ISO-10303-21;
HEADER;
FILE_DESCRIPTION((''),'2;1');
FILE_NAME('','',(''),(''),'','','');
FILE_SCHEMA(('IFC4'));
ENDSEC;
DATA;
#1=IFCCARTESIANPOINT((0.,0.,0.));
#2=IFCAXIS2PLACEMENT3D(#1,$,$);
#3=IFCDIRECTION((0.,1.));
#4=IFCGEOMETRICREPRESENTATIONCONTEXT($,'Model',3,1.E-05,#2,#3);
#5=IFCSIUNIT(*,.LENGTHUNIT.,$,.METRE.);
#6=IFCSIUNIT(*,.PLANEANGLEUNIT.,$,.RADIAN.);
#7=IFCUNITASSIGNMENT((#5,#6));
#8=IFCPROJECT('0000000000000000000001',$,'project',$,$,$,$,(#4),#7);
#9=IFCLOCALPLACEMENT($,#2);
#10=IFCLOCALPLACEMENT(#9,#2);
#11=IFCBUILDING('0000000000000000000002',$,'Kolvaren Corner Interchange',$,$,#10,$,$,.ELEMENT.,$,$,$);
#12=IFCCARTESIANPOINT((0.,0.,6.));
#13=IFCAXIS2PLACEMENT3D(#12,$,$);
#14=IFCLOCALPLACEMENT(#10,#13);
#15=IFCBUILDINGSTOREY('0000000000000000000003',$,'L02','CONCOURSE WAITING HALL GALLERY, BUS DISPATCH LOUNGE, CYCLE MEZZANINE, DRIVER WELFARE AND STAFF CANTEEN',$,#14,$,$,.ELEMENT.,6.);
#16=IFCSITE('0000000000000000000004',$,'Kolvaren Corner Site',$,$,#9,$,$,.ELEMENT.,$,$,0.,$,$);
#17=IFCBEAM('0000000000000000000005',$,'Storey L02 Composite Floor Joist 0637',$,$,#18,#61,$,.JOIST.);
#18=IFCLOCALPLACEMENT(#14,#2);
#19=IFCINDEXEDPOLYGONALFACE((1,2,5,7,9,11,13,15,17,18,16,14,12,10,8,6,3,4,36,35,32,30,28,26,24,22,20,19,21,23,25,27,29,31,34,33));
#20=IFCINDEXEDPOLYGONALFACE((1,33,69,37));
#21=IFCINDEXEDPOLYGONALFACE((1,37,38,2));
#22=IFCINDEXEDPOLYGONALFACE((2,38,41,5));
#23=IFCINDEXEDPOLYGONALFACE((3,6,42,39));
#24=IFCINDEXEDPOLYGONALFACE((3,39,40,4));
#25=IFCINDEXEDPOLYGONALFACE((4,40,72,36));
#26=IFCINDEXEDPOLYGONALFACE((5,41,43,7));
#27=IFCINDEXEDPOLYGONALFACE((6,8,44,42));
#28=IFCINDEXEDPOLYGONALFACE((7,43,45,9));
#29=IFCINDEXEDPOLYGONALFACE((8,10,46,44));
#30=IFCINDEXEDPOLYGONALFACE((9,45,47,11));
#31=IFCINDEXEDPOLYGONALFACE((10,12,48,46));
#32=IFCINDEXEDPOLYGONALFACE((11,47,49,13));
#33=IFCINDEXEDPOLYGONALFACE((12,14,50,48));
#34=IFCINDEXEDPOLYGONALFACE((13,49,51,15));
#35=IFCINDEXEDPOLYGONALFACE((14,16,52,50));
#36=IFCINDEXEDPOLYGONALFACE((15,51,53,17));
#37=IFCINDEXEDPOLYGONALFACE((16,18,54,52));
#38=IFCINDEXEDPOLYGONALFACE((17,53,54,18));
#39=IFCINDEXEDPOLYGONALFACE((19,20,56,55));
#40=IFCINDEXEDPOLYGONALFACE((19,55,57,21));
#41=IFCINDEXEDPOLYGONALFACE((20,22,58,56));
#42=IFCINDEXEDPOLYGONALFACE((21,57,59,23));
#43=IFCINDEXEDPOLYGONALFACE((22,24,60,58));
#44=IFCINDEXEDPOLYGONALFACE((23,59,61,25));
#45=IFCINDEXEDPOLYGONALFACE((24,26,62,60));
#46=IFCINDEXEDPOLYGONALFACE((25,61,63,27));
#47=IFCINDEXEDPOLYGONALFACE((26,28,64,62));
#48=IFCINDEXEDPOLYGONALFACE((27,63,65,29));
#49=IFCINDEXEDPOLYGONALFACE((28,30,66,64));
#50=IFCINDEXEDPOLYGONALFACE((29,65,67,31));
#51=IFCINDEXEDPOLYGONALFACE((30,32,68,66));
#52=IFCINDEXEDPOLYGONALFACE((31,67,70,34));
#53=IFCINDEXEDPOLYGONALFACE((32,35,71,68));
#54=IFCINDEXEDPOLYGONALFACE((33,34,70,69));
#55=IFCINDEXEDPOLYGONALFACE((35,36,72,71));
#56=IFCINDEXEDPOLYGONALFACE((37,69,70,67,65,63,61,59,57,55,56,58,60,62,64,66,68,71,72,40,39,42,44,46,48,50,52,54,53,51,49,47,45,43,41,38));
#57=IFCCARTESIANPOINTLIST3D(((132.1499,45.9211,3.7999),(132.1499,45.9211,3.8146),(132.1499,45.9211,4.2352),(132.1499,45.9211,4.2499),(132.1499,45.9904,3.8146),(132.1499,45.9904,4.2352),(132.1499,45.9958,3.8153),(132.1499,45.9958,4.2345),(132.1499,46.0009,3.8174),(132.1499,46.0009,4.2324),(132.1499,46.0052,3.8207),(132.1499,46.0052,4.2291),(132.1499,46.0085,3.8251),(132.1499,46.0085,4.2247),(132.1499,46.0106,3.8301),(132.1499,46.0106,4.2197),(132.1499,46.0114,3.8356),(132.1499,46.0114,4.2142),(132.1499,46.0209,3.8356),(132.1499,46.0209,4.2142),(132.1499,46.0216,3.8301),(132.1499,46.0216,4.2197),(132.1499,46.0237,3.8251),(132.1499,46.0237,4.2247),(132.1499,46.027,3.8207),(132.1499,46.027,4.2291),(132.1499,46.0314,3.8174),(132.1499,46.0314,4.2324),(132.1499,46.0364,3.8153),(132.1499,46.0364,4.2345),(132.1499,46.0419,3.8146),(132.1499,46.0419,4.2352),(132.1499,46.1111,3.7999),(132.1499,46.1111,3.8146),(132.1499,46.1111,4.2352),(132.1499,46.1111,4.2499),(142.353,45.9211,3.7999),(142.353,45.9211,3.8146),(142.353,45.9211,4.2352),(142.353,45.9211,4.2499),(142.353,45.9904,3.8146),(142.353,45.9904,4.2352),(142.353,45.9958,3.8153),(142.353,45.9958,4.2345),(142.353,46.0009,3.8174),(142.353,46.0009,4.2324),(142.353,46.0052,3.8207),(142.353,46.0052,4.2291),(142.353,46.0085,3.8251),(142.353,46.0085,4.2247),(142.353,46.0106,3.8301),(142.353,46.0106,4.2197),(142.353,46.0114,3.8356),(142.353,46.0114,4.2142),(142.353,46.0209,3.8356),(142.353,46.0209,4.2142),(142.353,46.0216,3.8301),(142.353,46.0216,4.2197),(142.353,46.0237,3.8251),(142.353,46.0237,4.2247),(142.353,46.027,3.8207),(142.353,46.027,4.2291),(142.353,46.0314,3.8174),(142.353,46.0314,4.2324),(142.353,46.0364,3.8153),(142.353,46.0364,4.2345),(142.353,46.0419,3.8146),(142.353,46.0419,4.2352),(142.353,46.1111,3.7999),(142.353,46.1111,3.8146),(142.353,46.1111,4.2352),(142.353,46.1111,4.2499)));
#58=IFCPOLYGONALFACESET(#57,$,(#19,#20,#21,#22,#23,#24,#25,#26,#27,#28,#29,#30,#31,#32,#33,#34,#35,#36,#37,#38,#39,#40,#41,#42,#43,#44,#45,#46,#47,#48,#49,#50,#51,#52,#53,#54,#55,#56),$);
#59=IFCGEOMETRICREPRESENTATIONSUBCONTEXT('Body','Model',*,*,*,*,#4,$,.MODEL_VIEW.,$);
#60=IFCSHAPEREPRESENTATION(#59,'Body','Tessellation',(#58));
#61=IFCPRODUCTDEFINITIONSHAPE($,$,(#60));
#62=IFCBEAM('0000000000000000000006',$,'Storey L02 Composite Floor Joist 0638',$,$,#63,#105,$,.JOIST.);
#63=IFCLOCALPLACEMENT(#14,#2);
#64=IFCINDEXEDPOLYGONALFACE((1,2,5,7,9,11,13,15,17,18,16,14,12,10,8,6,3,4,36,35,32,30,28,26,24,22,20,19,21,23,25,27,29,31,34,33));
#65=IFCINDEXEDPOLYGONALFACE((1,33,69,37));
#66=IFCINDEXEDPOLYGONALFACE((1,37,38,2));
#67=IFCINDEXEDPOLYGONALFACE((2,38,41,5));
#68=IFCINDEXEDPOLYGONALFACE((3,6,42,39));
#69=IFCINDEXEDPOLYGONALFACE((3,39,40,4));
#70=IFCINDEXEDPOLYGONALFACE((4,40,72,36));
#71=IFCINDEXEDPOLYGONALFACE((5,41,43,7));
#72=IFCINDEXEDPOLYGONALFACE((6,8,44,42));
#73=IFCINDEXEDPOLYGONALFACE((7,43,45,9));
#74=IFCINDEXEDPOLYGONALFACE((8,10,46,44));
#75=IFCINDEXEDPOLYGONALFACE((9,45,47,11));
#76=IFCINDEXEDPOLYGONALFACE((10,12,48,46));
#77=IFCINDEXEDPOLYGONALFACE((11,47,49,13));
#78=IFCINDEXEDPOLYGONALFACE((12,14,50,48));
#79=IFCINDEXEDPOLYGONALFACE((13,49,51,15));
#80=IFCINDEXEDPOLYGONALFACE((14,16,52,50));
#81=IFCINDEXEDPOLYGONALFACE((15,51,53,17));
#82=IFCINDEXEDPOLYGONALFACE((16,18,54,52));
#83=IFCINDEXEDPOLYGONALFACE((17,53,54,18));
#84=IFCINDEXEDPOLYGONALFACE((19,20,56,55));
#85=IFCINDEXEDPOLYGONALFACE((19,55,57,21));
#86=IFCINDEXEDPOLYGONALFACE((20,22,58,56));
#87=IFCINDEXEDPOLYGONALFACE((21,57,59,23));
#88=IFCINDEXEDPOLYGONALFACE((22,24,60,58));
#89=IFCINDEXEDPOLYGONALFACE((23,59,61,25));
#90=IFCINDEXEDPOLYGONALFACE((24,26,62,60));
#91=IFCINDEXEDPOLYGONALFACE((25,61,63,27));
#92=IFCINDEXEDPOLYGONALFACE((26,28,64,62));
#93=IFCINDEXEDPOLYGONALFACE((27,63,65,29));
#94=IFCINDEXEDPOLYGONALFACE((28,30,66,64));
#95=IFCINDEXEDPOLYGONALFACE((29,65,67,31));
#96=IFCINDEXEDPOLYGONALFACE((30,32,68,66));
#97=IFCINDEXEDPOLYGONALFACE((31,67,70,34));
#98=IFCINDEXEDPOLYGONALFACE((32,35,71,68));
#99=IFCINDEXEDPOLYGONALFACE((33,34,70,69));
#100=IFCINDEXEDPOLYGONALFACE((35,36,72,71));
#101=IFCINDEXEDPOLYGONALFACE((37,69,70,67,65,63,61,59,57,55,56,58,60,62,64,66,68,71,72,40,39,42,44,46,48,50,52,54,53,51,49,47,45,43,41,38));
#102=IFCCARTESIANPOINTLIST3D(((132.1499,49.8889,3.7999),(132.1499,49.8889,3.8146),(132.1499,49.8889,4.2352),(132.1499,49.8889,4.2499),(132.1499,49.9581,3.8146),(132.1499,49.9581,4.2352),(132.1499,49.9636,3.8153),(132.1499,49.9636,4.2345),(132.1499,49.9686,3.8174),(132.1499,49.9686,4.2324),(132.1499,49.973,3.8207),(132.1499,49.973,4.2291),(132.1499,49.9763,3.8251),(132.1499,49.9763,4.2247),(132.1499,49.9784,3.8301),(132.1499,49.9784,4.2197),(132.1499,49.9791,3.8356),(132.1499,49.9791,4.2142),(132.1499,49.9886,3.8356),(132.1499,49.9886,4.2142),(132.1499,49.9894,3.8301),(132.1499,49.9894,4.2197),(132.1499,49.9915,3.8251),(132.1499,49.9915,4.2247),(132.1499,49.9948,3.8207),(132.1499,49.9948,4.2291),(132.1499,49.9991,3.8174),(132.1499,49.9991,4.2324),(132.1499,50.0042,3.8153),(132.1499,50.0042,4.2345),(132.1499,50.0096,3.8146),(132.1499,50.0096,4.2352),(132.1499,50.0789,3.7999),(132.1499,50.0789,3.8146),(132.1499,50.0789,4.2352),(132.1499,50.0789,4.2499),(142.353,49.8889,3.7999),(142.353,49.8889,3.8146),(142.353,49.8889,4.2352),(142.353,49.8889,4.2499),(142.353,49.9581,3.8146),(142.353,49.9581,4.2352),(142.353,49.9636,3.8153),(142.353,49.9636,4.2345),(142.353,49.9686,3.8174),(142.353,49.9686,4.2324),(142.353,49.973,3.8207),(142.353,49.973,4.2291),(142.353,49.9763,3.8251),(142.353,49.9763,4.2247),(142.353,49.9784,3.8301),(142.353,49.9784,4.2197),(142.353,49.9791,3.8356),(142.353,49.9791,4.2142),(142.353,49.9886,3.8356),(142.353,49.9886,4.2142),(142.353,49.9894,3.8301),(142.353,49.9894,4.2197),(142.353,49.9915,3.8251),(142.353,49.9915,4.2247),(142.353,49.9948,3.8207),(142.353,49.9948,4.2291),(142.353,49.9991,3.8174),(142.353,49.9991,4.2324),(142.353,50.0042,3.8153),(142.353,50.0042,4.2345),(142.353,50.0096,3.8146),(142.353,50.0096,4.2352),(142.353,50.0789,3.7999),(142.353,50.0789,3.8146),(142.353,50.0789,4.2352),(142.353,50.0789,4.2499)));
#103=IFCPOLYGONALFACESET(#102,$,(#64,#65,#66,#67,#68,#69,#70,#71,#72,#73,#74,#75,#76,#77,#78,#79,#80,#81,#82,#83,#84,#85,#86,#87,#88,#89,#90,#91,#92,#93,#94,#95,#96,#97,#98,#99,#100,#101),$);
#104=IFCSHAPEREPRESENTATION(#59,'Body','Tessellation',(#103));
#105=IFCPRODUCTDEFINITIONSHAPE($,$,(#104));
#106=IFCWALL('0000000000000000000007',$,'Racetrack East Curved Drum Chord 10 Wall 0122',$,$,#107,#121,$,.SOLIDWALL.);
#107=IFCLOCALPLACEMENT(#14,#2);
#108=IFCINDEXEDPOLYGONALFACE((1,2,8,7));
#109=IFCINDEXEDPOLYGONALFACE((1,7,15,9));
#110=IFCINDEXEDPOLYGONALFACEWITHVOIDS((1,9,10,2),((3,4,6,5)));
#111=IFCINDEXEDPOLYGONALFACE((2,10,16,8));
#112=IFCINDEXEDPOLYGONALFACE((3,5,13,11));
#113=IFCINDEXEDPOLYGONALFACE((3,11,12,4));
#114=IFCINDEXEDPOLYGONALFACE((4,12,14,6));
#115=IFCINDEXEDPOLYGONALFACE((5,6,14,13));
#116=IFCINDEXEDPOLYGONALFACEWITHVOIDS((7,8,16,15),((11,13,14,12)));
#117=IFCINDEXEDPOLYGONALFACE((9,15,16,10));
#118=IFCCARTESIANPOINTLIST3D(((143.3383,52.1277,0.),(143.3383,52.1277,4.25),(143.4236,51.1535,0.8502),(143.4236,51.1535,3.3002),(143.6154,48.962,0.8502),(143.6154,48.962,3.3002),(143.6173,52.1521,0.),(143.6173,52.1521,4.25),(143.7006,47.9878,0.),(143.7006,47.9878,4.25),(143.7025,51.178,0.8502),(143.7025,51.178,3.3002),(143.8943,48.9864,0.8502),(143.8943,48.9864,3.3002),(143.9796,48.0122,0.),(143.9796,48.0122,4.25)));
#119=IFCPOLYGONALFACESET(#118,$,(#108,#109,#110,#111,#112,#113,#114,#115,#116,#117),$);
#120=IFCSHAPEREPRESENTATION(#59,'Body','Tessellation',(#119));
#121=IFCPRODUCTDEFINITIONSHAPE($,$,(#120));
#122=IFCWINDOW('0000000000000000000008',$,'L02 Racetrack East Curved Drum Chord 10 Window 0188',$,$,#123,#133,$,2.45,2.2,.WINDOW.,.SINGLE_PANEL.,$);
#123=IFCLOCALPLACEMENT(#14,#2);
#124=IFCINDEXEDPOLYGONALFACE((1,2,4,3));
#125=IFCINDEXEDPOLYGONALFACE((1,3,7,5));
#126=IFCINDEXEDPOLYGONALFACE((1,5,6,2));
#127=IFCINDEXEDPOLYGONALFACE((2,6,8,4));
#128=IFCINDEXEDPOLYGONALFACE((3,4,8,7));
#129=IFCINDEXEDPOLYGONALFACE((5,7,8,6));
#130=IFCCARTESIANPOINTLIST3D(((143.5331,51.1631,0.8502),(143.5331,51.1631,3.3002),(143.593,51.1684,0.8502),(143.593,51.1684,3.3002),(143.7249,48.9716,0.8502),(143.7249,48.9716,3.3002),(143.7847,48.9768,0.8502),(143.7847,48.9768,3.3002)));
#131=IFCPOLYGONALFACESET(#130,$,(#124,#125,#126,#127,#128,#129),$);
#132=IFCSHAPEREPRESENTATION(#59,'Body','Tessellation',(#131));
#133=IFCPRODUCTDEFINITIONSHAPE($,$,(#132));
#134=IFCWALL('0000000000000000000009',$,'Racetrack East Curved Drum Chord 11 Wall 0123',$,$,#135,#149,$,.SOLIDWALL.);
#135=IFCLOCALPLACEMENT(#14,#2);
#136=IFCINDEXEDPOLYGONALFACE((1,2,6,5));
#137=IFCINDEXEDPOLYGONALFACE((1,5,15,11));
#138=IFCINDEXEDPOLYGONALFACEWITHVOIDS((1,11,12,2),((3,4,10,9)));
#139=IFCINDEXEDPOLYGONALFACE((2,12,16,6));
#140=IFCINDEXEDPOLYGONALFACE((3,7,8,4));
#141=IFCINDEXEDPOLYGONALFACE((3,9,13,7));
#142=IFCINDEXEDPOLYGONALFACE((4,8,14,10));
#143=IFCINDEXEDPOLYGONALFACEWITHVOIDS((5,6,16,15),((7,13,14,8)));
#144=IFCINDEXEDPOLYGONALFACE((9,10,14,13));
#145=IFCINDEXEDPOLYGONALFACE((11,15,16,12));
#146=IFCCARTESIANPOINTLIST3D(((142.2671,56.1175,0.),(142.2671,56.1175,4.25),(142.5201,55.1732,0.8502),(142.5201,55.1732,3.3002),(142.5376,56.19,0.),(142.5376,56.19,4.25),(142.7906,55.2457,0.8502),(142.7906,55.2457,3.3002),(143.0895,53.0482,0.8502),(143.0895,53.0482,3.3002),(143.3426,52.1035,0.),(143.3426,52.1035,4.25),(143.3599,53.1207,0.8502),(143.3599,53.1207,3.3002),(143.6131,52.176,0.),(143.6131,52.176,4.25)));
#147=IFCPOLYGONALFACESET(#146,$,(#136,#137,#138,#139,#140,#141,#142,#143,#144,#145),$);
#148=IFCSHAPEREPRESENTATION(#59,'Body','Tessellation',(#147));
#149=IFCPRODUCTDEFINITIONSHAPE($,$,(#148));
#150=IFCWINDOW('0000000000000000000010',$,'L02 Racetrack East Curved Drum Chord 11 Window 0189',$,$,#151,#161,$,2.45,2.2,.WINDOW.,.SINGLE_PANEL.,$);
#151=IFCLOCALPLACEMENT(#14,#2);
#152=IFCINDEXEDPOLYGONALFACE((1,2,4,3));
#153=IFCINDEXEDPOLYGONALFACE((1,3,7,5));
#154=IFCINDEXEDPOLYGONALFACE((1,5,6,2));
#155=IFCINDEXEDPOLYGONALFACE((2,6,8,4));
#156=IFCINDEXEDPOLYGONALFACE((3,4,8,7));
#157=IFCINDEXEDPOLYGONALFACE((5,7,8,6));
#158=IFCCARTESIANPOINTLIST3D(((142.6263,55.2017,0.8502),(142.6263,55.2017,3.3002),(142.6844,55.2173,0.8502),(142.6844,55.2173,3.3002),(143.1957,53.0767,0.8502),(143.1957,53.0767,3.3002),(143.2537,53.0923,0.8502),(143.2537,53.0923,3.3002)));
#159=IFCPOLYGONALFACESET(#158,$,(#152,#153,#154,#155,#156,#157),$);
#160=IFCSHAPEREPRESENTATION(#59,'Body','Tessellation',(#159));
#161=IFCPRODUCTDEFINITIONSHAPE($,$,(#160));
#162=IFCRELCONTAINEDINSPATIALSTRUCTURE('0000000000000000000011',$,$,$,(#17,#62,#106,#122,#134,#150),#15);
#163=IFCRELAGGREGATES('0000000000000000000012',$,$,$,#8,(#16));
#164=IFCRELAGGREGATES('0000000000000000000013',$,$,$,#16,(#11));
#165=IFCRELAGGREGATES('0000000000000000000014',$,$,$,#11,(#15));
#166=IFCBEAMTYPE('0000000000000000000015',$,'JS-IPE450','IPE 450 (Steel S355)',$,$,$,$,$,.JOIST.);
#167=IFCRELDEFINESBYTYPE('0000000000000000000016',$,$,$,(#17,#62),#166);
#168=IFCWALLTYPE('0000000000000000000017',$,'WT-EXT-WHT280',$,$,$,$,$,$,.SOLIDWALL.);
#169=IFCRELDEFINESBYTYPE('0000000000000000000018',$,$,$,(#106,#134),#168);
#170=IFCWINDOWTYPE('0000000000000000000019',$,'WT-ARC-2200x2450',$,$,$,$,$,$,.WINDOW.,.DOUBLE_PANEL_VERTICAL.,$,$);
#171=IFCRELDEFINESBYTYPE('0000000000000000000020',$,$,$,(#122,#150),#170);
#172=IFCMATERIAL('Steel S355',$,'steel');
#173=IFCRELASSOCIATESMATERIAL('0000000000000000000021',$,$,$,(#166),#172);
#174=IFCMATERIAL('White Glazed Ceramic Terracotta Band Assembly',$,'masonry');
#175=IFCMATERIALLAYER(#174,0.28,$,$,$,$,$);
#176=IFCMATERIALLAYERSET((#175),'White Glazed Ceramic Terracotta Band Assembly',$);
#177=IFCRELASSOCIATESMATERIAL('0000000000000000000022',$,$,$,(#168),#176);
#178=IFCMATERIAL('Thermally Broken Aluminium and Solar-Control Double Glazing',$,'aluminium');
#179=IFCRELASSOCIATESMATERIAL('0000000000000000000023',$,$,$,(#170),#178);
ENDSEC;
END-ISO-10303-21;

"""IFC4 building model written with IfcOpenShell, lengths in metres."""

from ifc_helpers import new_model, si_unit, direction, frame, frame_2d, origin, origin_2d, place, context, subcontext, project, spatial, rectangle, i_section, extrude, material, layer, layer_set, material_profile, profile_set, type_object, element, fill, save


model = new_model("IFC4")

# Units and contexts
model_context = context("Model", 3, precision=1e-05, world=origin(), true_north=direction((0.0, 1.0)))
body_context = subcontext(model_context, "Body", "Model", "MODEL_VIEW")
ifc_project = project(units=[si_unit("LENGTHUNIT", "METRE"), si_unit("PLANEANGLEUNIT", "RADIAN")], contexts=[model_context])

# Site, building, storey
site_placement = place(None, origin())
site = spatial("IfcSite", under=ifc_project, at=site_placement, Name="Kolvaren Corner Site", CompositionType="ELEMENT", RefElevation=0.0)
building_placement = place(site_placement, origin())
building = spatial("IfcBuilding", under=site, at=building_placement, Name="Kolvaren Corner Interchange", CompositionType="ELEMENT")
storey_placement = place(building_placement, frame((0.0, 0.0, 6.0)))
storey = spatial("IfcBuildingStorey", under=building, at=storey_placement, Name="L02", Description="CONCOURSE WAITING HALL GALLERY, BUS DISPATCH LOUNGE, CYCLE MEZZANINE, DRIVER WELFARE AND STAFF CANTEEN", CompositionType="ELEMENT", Elevation=6.0)

# Beams
ifc_material_1 = material(Name="Steel S355", Category="steel")
ifc_material_profile_1 = material_profile(ifc_material_1, i_section(OverallWidth=0.1899, OverallDepth=0.45, WebThickness=0.0095, FlangeThickness=0.0146, FilletRadius=0.021, at=origin_2d()), Name="IPE 450")
ifc_profile_set_1 = profile_set([ifc_material_profile_1], Name="Steel S355")
beam_type_1 = type_object("IfcBeamType", Name="JS-IPE450", Description="IPE 450 (Steel S355)", PredefinedType="JOIST", material=ifc_profile_set_1)
for number, where, z_axis, x_axis, name in (
    (1, (132.1499, 46.0161, 4.0249), (1.0, 0.0, 0.0), (0.0, 1.0, 0.0), "Storey L02 Composite Floor Joist 0637"),
    (2, (132.1499, 49.9839, 4.0249), (1.0, 0.0, 0.0), (0.0, 1.0, 0.0), "Storey L02 Composite Floor Joist 0638"),
):
    element("IfcBeam", number, at=place(storey_placement, frame(where, z_axis=z_axis, x_axis=x_axis)), inside=storey, type_object=beam_type_1, Name=name, PredefinedType="JOIST", context=body_context, shape_type="SweptSolid", body=[
        extrude(i_section(OverallWidth=0.1899, OverallDepth=0.45, WebThickness=0.0095, FlangeThickness=0.0146, FilletRadius=0.021, at=origin_2d()), origin(), (0.0, 0.0, 1.0), 10.2031),
    ])

# Walls, openings, windows
ifc_material_2 = material(Name="White Glazed Ceramic Terracotta Band Assembly", Category="masonry")
ifc_layer = layer(ifc_material_2, 0.28)
ifc_layer_set = layer_set([ifc_layer], Name="White Glazed Ceramic Terracotta Band Assembly")
wall_type = type_object("IfcWallType", Name="WT-EXT-WHT280", PredefinedType="SOLIDWALL", material=ifc_layer_set)
wall_1_placement = place(storey_placement, frame((143.8401, 48.0, 0.0), z_axis=(0.0, 0.0, 1.0), x_axis=(-0.087182, 0.996192, 0.0)))
wall_1 = element("IfcWall", 3, at=wall_1_placement, inside=storey, type_object=wall_type, Name="Racetrack East Curved Drum Chord 10 Wall 0122", PredefinedType="SOLIDWALL", context=body_context, shape_type="SweptSolid", body=[
    extrude(rectangle(XDim=4.1558, YDim=0.28, at=frame_2d((2.0779, 0.0))), origin(), (0.0, 0.0, 1.0), 4.25),
])
opening_1_placement = place(wall_1_placement, frame((0.9778, 0.0, 0.8501)))
opening_1 = element("IfcOpeningElement", 4, at=opening_1_placement, cuts=wall_1, PredefinedType="OPENING", context=body_context, shape_type="SweptSolid", body=[
    extrude(rectangle(XDim=2.2, YDim=2.45, at=frame_2d((1.1001, 1.2251))), frame((0.0, 0.1499, 0.0), z_axis=(0.0, -1.0, 0.0), x_axis=(1.0, 0.0, 0.0)), (0.0, 0.0, 1.0), 0.3),
])
ifc_material_3 = material(Name="Thermally Broken Aluminium and Solar-Control Double Glazing", Category="aluminium")
window_type = type_object("IfcWindowType", Name="WT-ARC-2200x2450", PartitioningType="DOUBLE_PANEL_VERTICAL", PredefinedType="WINDOW", material=ifc_material_3)
window_1_placement = place(opening_1_placement, origin())
window_1 = element("IfcWindow", 5, at=window_1_placement, inside=storey, type_object=window_type, Name="L02 Racetrack East Curved Drum Chord 10 Window 0188", OverallHeight=2.45, OverallWidth=2.2, PartitioningType="SINGLE_PANEL", PredefinedType="WINDOW", context=body_context, shape_type="SweptSolid", body=[
    extrude(rectangle(XDim=2.2, YDim=2.45, at=frame_2d((1.1001, 1.2251))), frame((0.0, 0.03, 0.0), z_axis=(0.0, -1.0, 0.0), x_axis=(1.0, 0.0, 0.0)), (0.0, 0.0, 1.0), 0.0601),
])
fill(opening_1, window_1)
wall_2_placement = place(storey_placement, frame((143.4778, 52.1399, 0.0), z_axis=(0.0, 0.0, 1.0), x_axis=(-0.2588, 0.965931, 0.0)))
wall_2 = element("IfcWall", 6, at=wall_2_placement, inside=storey, type_object=wall_type, Name="Racetrack East Curved Drum Chord 11 Wall 0123", PredefinedType="SOLIDWALL", context=body_context, shape_type="SweptSolid", body=[
    extrude(rectangle(XDim=4.1555, YDim=0.28, at=frame_2d((2.0776, 0.0))), origin(), (0.0, 0.0, 1.0), 4.25),
])
opening_2_placement = place(wall_2_placement, frame((0.9778, 0.0, 0.8501)))
opening_2 = element("IfcOpeningElement", 7, at=opening_2_placement, cuts=wall_2, PredefinedType="OPENING", context=body_context, shape_type="SweptSolid", body=[
    extrude(rectangle(XDim=2.2, YDim=2.45, at=frame_2d((1.1001, 1.2251))), frame((0.0, 0.1499, 0.0), z_axis=(0.0, -1.0, 0.0), x_axis=(1.0, 0.0, 0.0)), (0.0, 0.0, 1.0), 0.3),
])
window_2_placement = place(opening_2_placement, origin())
window_2 = element("IfcWindow", 8, at=window_2_placement, inside=storey, type_object=window_type, Name="L02 Racetrack East Curved Drum Chord 11 Window 0189", OverallHeight=2.45, OverallWidth=2.2, PartitioningType="SINGLE_PANEL", PredefinedType="WINDOW", context=body_context, shape_type="SweptSolid", body=[
    extrude(rectangle(XDim=2.2, YDim=2.45, at=frame_2d((1.1001, 1.2251))), frame((0.0, 0.03, 0.0), z_axis=(0.0, -1.0, 0.0), x_axis=(1.0, 0.0, 0.0)), (0.0, 0.0, 1.0), 0.0601),
])
fill(opening_2, window_2)

save(model, "model.ifc")
